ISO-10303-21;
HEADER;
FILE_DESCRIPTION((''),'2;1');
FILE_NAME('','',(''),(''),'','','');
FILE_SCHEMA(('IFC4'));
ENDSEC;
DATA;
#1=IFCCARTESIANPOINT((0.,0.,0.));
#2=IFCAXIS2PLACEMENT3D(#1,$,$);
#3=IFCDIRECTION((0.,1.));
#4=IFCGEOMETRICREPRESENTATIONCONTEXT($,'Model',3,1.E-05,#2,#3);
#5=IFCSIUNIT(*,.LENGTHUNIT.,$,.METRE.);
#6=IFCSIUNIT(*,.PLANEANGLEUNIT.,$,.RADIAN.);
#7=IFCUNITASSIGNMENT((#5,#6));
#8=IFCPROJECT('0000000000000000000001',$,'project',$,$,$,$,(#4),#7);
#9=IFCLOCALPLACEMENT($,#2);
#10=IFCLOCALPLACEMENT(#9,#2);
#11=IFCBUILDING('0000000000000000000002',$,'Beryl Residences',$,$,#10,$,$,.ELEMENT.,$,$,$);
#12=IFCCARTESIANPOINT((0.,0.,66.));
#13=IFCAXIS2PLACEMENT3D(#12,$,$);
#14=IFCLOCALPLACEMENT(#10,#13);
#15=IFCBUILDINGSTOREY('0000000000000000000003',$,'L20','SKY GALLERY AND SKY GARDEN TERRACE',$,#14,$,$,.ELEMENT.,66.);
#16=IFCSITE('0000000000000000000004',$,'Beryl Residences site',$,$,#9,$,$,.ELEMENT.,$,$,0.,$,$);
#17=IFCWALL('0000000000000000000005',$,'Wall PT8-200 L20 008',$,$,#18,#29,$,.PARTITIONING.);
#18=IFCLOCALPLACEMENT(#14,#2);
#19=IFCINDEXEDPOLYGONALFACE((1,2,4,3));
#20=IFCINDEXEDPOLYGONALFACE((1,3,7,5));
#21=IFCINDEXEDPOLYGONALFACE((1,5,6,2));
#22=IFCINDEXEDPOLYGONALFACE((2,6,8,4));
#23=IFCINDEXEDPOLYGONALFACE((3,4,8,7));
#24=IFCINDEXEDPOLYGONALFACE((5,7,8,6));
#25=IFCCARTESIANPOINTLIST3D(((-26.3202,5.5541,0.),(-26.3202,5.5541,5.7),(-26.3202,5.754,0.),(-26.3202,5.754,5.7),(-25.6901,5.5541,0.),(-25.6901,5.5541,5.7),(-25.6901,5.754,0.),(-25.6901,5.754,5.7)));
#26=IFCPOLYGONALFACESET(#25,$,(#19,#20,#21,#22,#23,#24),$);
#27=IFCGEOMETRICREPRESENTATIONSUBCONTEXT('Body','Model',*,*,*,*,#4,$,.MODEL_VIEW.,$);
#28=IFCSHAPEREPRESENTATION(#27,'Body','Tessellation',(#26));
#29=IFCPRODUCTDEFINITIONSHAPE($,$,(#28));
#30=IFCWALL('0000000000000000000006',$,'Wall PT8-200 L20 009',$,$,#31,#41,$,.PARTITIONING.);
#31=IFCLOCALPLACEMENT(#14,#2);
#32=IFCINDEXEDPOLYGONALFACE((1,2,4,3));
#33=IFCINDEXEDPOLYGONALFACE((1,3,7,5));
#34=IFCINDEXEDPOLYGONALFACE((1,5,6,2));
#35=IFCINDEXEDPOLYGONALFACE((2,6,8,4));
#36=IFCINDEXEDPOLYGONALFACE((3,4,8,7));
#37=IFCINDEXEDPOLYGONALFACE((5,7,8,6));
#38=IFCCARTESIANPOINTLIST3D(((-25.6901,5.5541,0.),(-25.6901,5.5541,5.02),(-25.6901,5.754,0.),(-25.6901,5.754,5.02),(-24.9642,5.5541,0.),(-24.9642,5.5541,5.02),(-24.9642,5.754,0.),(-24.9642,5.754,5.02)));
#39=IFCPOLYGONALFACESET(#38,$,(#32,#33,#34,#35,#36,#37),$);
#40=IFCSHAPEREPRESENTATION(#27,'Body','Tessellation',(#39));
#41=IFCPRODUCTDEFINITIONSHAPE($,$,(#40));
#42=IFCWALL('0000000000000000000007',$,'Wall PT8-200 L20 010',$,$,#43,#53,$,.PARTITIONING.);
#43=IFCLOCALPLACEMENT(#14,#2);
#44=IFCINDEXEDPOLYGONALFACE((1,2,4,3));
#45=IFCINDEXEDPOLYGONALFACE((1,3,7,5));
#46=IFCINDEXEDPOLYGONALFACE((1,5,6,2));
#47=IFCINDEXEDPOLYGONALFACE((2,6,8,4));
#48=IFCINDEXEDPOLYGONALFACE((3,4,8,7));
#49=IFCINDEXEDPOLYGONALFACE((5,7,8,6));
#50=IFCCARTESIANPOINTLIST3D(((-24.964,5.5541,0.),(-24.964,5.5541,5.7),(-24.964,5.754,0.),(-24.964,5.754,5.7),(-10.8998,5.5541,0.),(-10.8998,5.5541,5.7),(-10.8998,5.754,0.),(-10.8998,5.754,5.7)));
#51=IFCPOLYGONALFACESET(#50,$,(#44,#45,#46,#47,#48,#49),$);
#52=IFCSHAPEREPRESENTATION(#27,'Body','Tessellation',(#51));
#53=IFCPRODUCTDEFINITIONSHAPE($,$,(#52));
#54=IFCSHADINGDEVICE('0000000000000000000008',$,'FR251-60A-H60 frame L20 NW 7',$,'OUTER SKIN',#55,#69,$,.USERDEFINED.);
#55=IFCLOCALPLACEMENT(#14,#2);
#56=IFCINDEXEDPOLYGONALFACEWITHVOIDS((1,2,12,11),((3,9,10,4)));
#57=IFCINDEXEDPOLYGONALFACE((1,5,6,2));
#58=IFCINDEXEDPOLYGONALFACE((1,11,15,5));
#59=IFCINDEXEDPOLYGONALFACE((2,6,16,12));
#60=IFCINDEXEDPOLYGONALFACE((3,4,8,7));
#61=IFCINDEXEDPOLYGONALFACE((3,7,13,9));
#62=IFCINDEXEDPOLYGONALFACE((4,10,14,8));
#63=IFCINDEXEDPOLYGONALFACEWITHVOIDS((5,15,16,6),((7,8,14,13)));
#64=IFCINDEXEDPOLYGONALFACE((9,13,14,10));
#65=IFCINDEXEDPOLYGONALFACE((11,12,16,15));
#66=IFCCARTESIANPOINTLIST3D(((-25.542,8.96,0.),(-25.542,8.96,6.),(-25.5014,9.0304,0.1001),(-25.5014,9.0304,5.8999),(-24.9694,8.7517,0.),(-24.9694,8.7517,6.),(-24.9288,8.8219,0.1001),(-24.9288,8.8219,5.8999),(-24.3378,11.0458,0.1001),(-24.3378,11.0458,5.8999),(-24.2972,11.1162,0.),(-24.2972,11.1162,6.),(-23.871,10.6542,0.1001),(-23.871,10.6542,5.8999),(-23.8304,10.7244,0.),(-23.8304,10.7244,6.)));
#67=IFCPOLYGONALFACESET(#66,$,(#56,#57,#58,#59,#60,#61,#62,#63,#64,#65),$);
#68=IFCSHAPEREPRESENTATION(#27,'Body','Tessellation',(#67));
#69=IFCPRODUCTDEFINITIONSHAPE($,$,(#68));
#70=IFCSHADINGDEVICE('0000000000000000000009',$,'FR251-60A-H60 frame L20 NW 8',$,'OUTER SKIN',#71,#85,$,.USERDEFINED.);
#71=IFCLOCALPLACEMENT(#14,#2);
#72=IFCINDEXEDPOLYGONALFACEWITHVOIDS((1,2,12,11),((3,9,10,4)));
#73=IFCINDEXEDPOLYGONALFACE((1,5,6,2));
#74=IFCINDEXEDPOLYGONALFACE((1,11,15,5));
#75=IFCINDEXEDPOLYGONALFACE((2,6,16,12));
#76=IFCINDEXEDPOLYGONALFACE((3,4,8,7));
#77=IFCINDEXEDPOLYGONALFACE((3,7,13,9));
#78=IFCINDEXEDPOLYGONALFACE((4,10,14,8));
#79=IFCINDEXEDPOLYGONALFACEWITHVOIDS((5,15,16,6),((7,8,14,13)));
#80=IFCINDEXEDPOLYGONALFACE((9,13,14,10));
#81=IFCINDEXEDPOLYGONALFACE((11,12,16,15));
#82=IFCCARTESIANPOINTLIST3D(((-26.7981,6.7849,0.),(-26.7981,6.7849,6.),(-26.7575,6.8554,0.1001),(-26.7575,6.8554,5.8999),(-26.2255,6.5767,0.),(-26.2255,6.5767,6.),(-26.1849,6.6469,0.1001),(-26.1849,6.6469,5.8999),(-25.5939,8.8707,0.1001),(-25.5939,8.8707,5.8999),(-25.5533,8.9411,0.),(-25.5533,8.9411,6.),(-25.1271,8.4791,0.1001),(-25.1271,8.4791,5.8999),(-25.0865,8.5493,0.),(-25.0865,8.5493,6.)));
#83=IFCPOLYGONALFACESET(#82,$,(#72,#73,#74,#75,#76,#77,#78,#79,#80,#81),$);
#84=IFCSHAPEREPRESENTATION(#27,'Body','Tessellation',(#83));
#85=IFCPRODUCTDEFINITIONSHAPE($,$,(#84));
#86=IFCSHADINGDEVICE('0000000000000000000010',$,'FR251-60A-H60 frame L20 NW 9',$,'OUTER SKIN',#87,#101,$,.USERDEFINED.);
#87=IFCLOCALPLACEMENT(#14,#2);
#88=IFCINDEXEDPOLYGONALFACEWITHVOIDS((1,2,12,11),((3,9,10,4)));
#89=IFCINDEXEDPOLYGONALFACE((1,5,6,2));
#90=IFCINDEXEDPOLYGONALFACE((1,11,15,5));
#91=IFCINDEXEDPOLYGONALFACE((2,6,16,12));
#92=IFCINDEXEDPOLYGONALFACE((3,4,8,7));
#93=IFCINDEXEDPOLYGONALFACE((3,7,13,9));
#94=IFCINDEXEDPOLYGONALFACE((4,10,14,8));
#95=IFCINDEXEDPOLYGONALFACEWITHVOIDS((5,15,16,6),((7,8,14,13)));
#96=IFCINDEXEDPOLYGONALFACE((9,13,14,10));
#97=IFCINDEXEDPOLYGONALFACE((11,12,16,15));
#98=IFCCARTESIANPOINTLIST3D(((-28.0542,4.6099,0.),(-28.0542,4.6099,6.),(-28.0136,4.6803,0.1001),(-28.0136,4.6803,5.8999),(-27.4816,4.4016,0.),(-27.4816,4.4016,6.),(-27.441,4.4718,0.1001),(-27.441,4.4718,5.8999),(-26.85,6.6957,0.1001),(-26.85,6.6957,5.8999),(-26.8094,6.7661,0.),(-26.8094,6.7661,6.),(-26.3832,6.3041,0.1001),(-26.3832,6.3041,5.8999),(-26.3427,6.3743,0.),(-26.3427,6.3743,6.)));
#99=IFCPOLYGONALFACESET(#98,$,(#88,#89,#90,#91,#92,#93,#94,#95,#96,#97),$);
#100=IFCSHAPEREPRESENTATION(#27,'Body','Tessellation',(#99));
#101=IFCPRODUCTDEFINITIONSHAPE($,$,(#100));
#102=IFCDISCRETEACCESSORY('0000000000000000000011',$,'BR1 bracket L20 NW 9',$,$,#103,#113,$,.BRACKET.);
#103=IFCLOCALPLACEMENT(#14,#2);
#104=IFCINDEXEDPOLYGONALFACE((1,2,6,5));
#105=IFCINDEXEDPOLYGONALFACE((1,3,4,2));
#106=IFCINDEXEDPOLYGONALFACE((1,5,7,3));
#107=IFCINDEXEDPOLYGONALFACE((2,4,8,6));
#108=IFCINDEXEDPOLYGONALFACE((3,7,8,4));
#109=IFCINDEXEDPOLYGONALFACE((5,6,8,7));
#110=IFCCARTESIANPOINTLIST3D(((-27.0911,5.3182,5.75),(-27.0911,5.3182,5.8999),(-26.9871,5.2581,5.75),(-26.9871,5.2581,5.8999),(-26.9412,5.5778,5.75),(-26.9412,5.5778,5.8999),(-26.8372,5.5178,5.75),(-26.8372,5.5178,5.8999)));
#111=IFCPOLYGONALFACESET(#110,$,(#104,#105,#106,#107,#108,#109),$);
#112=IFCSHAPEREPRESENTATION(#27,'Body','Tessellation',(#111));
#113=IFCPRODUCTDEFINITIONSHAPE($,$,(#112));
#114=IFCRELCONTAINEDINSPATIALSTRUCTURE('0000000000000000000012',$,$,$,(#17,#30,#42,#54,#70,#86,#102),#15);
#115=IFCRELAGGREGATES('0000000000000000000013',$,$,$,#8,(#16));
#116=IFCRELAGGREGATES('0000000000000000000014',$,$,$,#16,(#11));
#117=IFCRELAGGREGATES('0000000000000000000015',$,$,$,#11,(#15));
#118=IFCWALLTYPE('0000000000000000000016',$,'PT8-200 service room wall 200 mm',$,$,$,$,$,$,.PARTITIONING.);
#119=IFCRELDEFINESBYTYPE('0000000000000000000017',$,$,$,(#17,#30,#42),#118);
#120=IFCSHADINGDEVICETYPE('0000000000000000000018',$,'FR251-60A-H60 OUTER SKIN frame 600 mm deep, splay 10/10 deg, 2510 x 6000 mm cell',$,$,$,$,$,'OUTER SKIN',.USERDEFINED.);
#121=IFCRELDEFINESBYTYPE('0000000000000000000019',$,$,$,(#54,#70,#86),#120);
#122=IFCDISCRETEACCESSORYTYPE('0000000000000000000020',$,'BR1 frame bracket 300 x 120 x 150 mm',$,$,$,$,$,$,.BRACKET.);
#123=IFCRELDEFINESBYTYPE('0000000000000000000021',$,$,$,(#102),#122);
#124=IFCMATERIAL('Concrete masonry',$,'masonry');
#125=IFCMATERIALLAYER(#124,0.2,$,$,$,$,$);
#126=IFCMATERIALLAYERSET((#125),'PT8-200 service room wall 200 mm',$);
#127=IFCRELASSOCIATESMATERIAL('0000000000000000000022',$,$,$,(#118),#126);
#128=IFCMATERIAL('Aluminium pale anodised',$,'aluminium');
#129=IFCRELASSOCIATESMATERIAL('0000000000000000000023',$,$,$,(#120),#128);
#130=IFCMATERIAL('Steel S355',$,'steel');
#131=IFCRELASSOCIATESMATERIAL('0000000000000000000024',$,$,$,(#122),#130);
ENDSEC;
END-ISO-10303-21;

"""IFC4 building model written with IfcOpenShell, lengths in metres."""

from ifc_helpers import new_model, entity, si_unit, direction, frame, frame_2d, origin, place, context, subcontext, project, spatial, polyline, rectangle, outline, extrude, source, transform, mapped, material, layer, layer_set, type_object, type_shapes, element, save


model = new_model("IFC4")

# Units and contexts
model_context = context("Model", 3, precision=1e-05, world=origin(), true_north=direction((0.0, 1.0)))
body_context = subcontext(model_context, "Body", "Model", "MODEL_VIEW")
ifc_project = project(units=[si_unit("LENGTHUNIT", "METRE"), si_unit("PLANEANGLEUNIT", "RADIAN")], contexts=[model_context])

# Site, building, storey
site_placement = place(None, origin())
site = spatial("IfcSite", under=ifc_project, at=site_placement, Name="Beryl Residences site", CompositionType="ELEMENT", RefElevation=0.0)
building_placement = place(site_placement, origin())
building = spatial("IfcBuilding", under=site, at=building_placement, Name="Beryl Residences", CompositionType="ELEMENT")
storey_placement = place(building_placement, frame((0.0, 0.0, 66.0)))
storey = spatial("IfcBuildingStorey", under=building, at=storey_placement, Name="L20", Description="SKY GALLERY AND SKY GARDEN TERRACE", CompositionType="ELEMENT", Elevation=66.0)

# Walls
ifc_material_1 = material(Name="Concrete masonry", Category="masonry")
ifc_layer_1 = layer(ifc_material_1, 0.2)
ifc_layer_set_1 = layer_set([ifc_layer_1], Name="PT8-200 service room wall 200 mm")
wall_type_1 = type_object("IfcWallType", Name="PT8-200 service room wall 200 mm", PredefinedType="PARTITIONING", material=ifc_layer_set_1)
wall_1_placement = place(storey_placement, frame((-26.3201, 5.6541, 0.0), z_axis=(0.0, 0.0, 1.0), x_axis=(1.0, 0.0, 0.0)))
element("IfcWall", 1, at=wall_1_placement, inside=storey, type_object=wall_type_1, Name="Wall PT8-200 L20 008", PredefinedType="PARTITIONING", context=body_context, shape_type="SweptSolid", body=[
    extrude(rectangle(XDim=0.6301, YDim=0.2, at=frame_2d((0.3149, 0.0))), origin(), (0.0, 0.0, 1.0), 5.7),
])
wall_2_placement = place(storey_placement, frame((-25.6899, 5.6541, 0.0), z_axis=(0.0, 0.0, 1.0), x_axis=(1.0, 0.0, 0.0)))
element("IfcWall", 2, at=wall_2_placement, inside=storey, type_object=wall_type_1, Name="Wall PT8-200 L20 009", PredefinedType="PARTITIONING", context=body_context, shape_type="SweptSolid", body=[
    extrude(rectangle(XDim=0.7258, YDim=0.2, at=frame_2d((0.3628, 0.0))), origin(), (0.0, 0.0, 1.0), 5.02),
])
wall_3_placement = place(storey_placement, frame((-24.9641, 5.6541, 0.0), z_axis=(0.0, 0.0, 1.0), x_axis=(1.0, 0.0, 0.0)))
element("IfcWall", 3, at=wall_3_placement, inside=storey, type_object=wall_type_1, Name="Wall PT8-200 L20 010", PredefinedType="PARTITIONING", context=body_context, shape_type="SweptSolid", body=[
    extrude(rectangle(XDim=14.0642, YDim=0.2, at=frame_2d((7.0322, 0.0))), origin(), (0.0, 0.0, 1.0), 5.7),
])

# Shading devices
ifc_material_2 = material(Name="Aluminium pale anodised", Category="aluminium")
shading_device_type = type_object("IfcShadingDeviceType", Name="FR251-60A-H60 OUTER SKIN frame 600 mm deep, splay 10/10 deg, 2510 x 6000 mm cell", ElementType="OUTER SKIN", PredefinedType="USERDEFINED", material=ifc_material_2)
cartesian_point_1 = entity("IfcCartesianPoint", [-1.1389, 0.0])
cartesian_point_2 = entity("IfcCartesianPoint", [-1.0579, 0.1001])
cartesian_point_3 = entity("IfcCartesianPoint", [-1.2449, 0.0])
cartesian_point_4 = entity("IfcCartesianPoint", [-1.1636, 0.1001])
shared_shape_1 = source(origin(), body_context, "Body", "SweptSolid", [
    entity("IfcExtrudedAreaSolidTapered", entity("IfcArbitraryProfileDefWithVoids", "AREA", None, entity("IfcPolyline", [cartesian_point_1, entity("IfcCartesianPoint", [1.1389, 0.0]), entity("IfcCartesianPoint", [1.1389, 6.0]), entity("IfcCartesianPoint", [-1.1389, 6.0]), cartesian_point_1]), [entity("IfcPolyline", [cartesian_point_2, entity("IfcCartesianPoint", [1.0579, 0.1001]), entity("IfcCartesianPoint", [1.0579, 5.8999]), entity("IfcCartesianPoint", [-1.0579, 5.8999]), cartesian_point_2])]), entity("IfcAxis2Placement3D", entity("IfcCartesianPoint", [0.0, 0.0, 0.0]), entity("IfcDirection", [0.0, 1.0, 0.0]), entity("IfcDirection", [-1.0, 0.0, 0.0])), entity("IfcDirection", [0.0, 0.0, 1.0]), 0.6001, entity("IfcArbitraryProfileDefWithVoids", "AREA", None, entity("IfcPolyline", [cartesian_point_3, entity("IfcCartesianPoint", [1.2449, 0.0]), entity("IfcCartesianPoint", [1.2449, 6.0]), entity("IfcCartesianPoint", [-1.2449, 6.0]), cartesian_point_3]), [entity("IfcPolyline", [cartesian_point_4, entity("IfcCartesianPoint", [1.1636, 0.1001]), entity("IfcCartesianPoint", [1.1636, 5.8999]), entity("IfcCartesianPoint", [-1.1636, 5.8999]), cartesian_point_4])])),
])
type_shapes(shading_device_type, [shared_shape_1])
for number, where, z_axis, x_axis, name in (
    (4, (-24.3999, 9.738, 0.0), (0.0, 0.0, 1.0), (0.5, 0.866025, 0.0), "FR251-60A-H60 frame L20 NW 7"),
    (5, (-25.656, 7.563, 0.0), (0.0, 0.0, 1.0), (0.5, 0.866025, 0.0), "FR251-60A-H60 frame L20 NW 8"),
    (6, (-26.9121, 5.3879, 0.0), (0.0, 0.0, 1.0), (0.5, 0.866025, 0.0), "FR251-60A-H60 frame L20 NW 9"),
):
    element("IfcShadingDevice", number, at=place(storey_placement, frame(where, z_axis=z_axis, x_axis=x_axis)), inside=storey, type_object=shading_device_type, Name=name, ObjectType="OUTER SKIN", PredefinedType="USERDEFINED", context=body_context, shape_type="MappedRepresentation", body=[
        mapped(shared_shape_1, transform((0.0, 0.0, 0.0))),
    ])

# Discrete accessory
ifc_material_3 = material(Name="Steel S355", Category="steel")
discrete_accessory_type = type_object("IfcDiscreteAccessoryType", Name="BR1 frame bracket 300 x 120 x 150 mm", PredefinedType="BRACKET", material=ifc_material_3)
shared_shape_2 = source(origin(), body_context, "Body", "SweptSolid", [
    extrude(outline(polyline([(-0.1499, 0.0), (0.1499, 0.0), (0.1499, 0.1201), (-0.1499, 0.1201), (-0.1499, 0.0)])), origin(), (0.0, 0.0, 1.0), 0.1499),
])
type_shapes(discrete_accessory_type, [shared_shape_2])
discrete_accessory_placement = place(storey_placement, frame((-26.9121, 5.3879, 5.75), z_axis=(0.0, 0.0, 1.0), x_axis=(0.5, 0.866025, 0.0)))
element("IfcDiscreteAccessory", 7, at=discrete_accessory_placement, inside=storey, type_object=discrete_accessory_type, Name="BR1 bracket L20 NW 9", PredefinedType="BRACKET", context=body_context, shape_type="MappedRepresentation", body=[
    mapped(shared_shape_2, transform((0.0, 0.0, 0.0))),
])

save(model, "model.ifc")
